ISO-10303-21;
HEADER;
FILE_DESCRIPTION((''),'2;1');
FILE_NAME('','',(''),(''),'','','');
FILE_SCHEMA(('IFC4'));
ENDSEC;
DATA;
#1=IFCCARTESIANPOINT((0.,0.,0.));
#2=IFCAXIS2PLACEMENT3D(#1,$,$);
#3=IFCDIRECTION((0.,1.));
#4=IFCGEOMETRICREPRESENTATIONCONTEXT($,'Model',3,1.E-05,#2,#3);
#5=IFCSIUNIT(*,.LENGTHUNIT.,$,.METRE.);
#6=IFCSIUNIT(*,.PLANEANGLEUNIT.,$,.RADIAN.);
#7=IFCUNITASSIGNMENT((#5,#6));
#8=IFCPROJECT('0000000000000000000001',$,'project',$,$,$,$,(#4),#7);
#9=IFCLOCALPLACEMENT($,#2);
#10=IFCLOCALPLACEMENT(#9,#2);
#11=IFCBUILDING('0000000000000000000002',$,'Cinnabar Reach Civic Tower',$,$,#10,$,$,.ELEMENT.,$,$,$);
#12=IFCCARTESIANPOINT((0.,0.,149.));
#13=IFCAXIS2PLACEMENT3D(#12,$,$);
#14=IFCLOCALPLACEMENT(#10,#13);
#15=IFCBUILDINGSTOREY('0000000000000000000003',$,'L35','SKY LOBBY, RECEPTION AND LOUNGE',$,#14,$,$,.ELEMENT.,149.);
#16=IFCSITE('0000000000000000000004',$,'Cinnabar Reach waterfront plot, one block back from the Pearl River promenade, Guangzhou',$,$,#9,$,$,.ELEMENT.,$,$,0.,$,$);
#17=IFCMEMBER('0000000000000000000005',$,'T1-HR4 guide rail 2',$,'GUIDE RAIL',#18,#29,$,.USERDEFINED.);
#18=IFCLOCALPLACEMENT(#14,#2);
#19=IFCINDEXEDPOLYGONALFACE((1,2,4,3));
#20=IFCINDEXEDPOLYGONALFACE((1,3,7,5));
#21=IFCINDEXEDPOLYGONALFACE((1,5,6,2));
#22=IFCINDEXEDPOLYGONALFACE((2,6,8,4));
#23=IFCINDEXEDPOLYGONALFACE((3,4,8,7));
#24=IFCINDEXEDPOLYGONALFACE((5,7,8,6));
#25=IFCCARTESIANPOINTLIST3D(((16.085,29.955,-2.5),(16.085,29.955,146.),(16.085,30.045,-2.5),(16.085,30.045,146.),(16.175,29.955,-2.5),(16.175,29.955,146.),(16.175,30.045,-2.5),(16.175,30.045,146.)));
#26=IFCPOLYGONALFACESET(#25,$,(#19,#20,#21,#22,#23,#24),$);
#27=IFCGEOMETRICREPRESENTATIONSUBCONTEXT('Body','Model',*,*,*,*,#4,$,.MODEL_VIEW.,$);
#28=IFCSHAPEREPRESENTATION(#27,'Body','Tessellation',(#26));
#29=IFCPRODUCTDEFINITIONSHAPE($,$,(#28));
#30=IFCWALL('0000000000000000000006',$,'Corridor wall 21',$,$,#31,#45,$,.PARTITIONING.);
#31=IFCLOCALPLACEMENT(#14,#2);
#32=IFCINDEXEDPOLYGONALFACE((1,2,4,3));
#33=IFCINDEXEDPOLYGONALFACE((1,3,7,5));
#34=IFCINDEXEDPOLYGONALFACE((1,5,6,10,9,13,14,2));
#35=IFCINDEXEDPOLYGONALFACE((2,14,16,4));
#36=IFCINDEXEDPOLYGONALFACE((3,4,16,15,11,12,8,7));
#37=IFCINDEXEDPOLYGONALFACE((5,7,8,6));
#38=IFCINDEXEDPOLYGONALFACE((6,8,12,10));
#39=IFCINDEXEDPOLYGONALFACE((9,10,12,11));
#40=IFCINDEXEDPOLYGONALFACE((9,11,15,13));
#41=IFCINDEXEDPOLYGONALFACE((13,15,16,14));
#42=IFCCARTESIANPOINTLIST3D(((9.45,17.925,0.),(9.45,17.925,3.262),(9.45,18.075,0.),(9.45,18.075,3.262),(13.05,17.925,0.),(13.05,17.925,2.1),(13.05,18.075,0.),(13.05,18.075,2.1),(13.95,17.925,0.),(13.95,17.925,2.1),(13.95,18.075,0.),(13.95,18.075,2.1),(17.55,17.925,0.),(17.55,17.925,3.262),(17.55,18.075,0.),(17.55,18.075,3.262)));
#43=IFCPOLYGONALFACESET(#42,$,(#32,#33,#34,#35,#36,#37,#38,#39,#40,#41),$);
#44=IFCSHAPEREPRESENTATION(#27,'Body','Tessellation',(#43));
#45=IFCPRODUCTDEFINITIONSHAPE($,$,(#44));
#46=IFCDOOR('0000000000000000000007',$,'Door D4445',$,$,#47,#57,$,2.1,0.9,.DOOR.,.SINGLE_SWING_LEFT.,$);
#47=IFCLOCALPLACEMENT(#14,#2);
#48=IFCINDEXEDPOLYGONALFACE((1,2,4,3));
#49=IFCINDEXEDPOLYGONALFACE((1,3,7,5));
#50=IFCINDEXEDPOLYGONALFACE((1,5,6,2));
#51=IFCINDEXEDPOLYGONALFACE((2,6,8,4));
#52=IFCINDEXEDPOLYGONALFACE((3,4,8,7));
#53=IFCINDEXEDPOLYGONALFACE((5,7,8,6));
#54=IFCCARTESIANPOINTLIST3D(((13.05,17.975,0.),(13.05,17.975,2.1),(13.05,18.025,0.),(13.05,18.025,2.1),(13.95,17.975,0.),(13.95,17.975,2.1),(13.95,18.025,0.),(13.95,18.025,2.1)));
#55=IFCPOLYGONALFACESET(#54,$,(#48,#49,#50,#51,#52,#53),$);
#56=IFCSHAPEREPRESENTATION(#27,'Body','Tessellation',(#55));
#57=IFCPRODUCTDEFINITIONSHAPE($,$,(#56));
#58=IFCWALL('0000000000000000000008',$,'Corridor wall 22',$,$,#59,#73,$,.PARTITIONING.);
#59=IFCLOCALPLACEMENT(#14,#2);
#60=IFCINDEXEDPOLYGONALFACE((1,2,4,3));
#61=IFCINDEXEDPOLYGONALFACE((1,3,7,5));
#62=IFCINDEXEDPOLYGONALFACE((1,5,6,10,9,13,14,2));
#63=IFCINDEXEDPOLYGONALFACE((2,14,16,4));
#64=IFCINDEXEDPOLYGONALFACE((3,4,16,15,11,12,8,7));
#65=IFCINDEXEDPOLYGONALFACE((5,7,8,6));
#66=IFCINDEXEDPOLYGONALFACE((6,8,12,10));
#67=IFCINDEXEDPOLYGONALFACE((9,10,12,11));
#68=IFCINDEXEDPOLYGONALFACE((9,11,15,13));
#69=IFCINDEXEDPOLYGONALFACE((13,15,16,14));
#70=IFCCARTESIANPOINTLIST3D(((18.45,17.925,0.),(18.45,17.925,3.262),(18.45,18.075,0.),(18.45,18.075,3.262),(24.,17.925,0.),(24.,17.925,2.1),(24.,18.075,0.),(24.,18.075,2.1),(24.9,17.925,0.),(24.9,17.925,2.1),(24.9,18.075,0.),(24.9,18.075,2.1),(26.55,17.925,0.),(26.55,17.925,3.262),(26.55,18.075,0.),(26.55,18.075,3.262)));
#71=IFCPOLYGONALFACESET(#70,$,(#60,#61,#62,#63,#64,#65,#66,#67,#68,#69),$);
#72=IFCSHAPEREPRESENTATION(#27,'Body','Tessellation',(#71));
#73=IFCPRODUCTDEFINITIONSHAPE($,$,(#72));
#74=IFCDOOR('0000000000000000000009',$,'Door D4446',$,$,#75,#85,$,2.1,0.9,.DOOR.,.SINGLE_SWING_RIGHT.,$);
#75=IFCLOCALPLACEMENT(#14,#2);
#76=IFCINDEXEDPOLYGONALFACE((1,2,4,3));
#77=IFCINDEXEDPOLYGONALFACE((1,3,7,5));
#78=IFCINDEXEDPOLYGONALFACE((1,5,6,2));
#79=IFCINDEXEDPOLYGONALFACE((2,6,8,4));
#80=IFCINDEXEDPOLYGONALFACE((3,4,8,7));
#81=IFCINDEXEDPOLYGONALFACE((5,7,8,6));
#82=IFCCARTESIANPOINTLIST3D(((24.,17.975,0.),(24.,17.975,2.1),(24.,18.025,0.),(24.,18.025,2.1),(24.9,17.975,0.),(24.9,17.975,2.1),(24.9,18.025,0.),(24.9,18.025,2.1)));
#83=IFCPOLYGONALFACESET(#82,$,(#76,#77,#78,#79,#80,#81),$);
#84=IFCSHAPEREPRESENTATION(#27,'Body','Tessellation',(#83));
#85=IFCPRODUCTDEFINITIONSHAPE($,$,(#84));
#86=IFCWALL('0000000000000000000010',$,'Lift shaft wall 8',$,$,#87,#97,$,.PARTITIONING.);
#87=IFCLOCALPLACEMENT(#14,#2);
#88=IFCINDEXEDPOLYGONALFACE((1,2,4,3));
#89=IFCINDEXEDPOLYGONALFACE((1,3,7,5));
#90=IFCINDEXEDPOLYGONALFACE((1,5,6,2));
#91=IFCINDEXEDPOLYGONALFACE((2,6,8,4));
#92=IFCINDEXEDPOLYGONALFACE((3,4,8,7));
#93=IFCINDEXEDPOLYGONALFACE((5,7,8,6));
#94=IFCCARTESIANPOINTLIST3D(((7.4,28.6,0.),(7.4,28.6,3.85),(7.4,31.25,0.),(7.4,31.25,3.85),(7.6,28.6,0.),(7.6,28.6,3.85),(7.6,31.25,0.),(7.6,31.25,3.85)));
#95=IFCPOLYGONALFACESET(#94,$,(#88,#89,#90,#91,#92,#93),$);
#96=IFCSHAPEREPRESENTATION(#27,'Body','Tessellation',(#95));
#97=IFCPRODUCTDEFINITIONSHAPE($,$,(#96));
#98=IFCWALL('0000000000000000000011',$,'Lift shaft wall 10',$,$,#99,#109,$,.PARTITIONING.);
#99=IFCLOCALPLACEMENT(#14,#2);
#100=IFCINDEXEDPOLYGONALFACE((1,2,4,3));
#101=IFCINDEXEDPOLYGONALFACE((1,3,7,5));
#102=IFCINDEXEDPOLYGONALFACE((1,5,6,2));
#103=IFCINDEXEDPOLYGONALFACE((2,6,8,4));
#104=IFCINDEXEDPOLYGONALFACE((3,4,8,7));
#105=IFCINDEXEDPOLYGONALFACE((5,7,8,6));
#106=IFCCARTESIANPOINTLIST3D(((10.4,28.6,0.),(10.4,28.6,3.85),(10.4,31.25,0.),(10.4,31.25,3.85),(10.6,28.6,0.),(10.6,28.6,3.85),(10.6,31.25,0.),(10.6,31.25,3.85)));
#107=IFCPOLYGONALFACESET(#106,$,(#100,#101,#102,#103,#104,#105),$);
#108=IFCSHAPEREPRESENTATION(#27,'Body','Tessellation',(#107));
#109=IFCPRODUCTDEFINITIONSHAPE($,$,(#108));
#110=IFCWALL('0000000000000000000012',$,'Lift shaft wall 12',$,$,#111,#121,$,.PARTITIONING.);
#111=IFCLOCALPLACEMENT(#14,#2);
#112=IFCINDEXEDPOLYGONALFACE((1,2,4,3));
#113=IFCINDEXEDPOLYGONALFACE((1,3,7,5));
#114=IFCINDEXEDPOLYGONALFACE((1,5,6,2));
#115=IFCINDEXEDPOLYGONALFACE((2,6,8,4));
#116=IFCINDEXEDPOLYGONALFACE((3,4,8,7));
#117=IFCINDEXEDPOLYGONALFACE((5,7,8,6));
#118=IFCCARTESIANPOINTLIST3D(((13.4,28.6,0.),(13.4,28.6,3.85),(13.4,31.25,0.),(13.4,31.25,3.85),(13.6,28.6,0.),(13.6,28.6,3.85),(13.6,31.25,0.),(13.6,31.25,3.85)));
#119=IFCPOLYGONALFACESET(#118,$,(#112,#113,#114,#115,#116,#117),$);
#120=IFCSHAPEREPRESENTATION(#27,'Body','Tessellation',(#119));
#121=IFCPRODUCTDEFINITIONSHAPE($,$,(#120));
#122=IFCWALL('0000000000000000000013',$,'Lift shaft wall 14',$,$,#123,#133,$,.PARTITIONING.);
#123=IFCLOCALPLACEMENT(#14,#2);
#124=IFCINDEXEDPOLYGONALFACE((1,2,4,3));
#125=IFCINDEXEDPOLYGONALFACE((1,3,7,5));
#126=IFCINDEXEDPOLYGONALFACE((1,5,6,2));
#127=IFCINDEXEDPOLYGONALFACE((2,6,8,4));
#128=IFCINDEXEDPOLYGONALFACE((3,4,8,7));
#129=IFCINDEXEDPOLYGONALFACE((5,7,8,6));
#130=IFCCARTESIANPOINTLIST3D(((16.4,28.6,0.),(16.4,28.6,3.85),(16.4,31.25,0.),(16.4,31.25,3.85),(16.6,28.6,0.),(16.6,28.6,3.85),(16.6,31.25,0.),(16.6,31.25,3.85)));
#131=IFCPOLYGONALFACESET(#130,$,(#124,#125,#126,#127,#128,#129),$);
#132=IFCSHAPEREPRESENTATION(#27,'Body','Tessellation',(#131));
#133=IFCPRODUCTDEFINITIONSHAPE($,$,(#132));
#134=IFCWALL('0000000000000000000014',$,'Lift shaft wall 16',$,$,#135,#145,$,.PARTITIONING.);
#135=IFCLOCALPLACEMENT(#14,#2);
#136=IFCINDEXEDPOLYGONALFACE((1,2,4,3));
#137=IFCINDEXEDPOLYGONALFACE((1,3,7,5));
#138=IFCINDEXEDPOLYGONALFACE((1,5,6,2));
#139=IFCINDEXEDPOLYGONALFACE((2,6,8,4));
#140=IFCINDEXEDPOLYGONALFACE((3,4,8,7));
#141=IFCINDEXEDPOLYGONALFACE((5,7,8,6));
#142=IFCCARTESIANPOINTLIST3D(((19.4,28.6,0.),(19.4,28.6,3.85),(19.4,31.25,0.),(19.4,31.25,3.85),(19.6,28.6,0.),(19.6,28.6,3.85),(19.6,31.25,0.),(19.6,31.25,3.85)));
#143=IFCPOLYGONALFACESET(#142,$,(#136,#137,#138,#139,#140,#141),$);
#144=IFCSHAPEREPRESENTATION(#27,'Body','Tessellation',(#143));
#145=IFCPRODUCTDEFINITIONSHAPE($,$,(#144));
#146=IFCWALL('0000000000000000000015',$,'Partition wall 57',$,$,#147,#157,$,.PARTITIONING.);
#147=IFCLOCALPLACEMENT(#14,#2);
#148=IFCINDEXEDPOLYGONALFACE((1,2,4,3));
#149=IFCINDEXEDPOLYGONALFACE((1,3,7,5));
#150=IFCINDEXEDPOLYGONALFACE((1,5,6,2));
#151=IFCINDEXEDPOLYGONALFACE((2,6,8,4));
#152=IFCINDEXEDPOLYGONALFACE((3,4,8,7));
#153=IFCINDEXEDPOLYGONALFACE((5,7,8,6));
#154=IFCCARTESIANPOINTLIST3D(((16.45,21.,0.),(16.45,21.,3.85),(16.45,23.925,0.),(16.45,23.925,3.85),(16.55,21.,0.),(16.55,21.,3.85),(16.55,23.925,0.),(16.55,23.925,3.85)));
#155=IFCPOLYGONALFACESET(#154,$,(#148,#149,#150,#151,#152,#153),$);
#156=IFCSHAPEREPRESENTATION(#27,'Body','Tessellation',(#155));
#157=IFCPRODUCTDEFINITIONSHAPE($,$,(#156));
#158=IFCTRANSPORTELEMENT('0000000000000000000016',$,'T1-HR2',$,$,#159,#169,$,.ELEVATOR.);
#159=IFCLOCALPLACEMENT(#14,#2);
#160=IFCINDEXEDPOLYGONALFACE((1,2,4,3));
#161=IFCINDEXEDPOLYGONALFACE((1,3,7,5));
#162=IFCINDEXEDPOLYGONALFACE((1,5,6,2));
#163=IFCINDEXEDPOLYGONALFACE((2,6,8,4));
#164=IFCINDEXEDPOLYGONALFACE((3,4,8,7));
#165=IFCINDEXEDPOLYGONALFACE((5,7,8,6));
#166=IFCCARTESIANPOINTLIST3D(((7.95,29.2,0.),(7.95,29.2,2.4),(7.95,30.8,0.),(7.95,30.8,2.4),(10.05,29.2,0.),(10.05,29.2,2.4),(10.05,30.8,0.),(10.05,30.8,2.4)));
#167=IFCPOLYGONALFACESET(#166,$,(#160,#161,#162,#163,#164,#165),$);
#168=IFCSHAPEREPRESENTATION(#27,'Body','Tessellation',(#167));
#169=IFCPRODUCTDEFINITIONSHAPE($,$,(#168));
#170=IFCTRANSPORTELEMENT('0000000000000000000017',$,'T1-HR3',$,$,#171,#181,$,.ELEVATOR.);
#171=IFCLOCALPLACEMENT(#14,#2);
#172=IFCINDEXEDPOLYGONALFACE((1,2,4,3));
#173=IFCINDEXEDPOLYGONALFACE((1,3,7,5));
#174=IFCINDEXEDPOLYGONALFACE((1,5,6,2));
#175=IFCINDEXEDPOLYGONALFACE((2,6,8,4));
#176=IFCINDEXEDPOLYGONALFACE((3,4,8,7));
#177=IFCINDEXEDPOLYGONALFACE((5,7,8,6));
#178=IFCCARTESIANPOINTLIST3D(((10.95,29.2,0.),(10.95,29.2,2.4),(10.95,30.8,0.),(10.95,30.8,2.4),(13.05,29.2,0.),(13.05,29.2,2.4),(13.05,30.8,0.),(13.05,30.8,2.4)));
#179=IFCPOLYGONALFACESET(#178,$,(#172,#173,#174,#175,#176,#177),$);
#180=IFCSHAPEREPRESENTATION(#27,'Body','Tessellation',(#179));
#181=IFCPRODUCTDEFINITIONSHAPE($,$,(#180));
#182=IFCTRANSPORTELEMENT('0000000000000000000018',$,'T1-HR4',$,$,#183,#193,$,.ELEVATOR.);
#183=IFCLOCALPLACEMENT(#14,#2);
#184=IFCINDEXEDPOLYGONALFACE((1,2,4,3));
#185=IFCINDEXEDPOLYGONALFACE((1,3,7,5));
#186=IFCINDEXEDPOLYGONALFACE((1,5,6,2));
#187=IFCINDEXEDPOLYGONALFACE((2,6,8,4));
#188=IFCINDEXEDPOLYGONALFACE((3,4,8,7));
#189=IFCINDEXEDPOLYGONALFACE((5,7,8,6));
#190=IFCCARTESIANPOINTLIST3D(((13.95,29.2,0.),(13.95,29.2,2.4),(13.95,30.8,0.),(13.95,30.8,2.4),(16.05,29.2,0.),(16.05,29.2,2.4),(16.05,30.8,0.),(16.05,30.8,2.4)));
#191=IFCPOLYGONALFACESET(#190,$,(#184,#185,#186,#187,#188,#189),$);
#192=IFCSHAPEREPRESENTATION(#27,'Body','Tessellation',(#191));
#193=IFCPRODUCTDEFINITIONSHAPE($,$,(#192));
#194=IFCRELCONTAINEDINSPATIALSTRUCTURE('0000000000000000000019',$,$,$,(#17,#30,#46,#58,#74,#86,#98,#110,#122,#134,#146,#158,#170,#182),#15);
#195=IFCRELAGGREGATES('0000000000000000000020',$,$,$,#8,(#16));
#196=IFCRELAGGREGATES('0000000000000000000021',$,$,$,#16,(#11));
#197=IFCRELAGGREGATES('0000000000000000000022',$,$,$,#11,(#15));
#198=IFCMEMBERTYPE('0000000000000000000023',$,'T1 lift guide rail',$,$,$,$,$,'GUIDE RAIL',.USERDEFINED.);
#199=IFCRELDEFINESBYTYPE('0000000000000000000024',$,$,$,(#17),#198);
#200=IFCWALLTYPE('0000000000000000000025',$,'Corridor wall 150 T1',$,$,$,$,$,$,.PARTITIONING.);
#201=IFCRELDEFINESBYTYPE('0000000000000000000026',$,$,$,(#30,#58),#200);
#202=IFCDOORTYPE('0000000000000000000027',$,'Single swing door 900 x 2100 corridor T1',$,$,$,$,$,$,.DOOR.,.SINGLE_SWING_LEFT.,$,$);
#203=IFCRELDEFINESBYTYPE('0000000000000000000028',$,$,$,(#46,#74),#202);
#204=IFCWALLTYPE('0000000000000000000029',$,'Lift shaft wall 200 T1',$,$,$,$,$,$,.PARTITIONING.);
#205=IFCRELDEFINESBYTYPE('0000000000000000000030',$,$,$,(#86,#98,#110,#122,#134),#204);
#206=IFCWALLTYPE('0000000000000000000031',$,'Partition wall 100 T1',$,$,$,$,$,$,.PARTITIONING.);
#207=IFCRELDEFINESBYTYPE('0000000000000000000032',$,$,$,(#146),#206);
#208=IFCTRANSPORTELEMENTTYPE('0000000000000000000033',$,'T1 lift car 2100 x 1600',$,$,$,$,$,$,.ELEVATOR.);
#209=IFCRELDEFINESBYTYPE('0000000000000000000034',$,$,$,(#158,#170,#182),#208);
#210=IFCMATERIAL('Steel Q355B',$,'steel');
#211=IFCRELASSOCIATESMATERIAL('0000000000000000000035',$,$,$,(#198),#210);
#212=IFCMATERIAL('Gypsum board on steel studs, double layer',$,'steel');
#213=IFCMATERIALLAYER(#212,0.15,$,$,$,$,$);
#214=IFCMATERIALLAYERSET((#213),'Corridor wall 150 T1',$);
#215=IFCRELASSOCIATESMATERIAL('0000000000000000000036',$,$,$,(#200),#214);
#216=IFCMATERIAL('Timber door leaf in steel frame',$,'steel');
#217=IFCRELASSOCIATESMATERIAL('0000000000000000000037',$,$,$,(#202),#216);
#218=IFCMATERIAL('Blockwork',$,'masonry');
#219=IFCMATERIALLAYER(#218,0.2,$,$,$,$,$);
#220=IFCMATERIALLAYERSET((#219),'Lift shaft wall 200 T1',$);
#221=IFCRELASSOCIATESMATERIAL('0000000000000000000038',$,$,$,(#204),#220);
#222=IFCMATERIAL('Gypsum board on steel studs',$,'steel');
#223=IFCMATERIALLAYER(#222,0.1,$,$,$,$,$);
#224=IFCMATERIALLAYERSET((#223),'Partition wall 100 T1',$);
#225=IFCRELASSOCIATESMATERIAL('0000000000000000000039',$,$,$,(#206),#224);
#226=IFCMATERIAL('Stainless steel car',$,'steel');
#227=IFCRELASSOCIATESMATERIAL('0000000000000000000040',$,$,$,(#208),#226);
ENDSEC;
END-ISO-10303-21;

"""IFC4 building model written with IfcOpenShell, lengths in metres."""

from ifc_helpers import new_model, si_unit, direction, frame, frame_2d, origin, origin_2d, place, context, subcontext, project, spatial, rectangle, extrude, material, layer, layer_set, material_profile, profile_set, type_object, element, fill, save


model = new_model("IFC4")

# Units and contexts
model_context = context("Model", 3, precision=1e-05, world=origin(), true_north=direction((0.0, 1.0)))
body_context = subcontext(model_context, "Body", "Model", "MODEL_VIEW")
ifc_project = project(units=[si_unit("LENGTHUNIT", "METRE"), si_unit("PLANEANGLEUNIT", "RADIAN")], contexts=[model_context])

# Site, building, storey
site_placement = place(None, origin())
site = spatial("IfcSite", under=ifc_project, at=site_placement, Name="Cinnabar Reach waterfront plot, one block back from the Pearl River promenade, Guangzhou", CompositionType="ELEMENT", RefElevation=0.0)
building_placement = place(site_placement, origin())
building = spatial("IfcBuilding", under=site, at=building_placement, Name="Cinnabar Reach Civic Tower", CompositionType="ELEMENT")
storey_placement = place(building_placement, frame((0.0, 0.0, 149.0)))
storey = spatial("IfcBuildingStorey", under=building, at=storey_placement, Name="L35", Description="SKY LOBBY, RECEPTION AND LOUNGE", CompositionType="ELEMENT", Elevation=149.0)

# Shared definitions
ifc_material_1 = material(Name="Steel Q355B", Category="steel")

# Member
ifc_material_profile_1 = material_profile(ifc_material_1, rectangle(XDim=0.09, YDim=0.09, at=origin_2d()), Name="T1 lift guide rail")
ifc_profile_set_1 = profile_set([ifc_material_profile_1], Name="Steel Q355B")
member_type = type_object("IfcMemberType", Name="T1 lift guide rail", ElementType="GUIDE RAIL", PredefinedType="USERDEFINED", material=ifc_profile_set_1)
for number, where, z_axis, x_axis, name in (
    (1, (16.13, 30.0, -2.5), (0.0, 0.0, 1.0), (1.0, 0.0, 0.0), "T1-HR4 guide rail 2"),
):
    element("IfcMember", number, at=place(storey_placement, frame(where, z_axis=z_axis, x_axis=x_axis)), inside=storey, type_object=member_type, Name=name, ObjectType="GUIDE RAIL", PredefinedType="USERDEFINED", context=body_context, shape_type="SweptSolid", body=[
        extrude(rectangle(XDim=0.09, YDim=0.09, at=origin_2d()), origin(), (0.0, 0.0, 1.0), 148.5),
    ])

# Walls, openings, doors
ifc_material_2 = material(Name="Gypsum board on steel studs, double layer", Category="steel")
ifc_layer_1 = layer(ifc_material_2, 0.15)
ifc_layer_set_1 = layer_set([ifc_layer_1], Name="Corridor wall 150 T1")
wall_type_1 = type_object("IfcWallType", Name="Corridor wall 150 T1", PredefinedType="PARTITIONING", material=ifc_layer_set_1)
wall_1_placement = place(storey_placement, frame((9.45, 18.0, 0.0), z_axis=(0.0, 0.0, 1.0), x_axis=(1.0, 0.0, 0.0)))
wall_1 = element("IfcWall", 2, at=wall_1_placement, inside=storey, type_object=wall_type_1, Name="Corridor wall 21", PredefinedType="PARTITIONING", context=body_context, shape_type="SweptSolid", body=[
    extrude(rectangle(XDim=8.1, YDim=0.15, at=frame_2d((4.05, 0.0))), origin(), (0.0, 0.0, 1.0), 3.262),
])
opening_1_placement = place(wall_1_placement, frame((3.6, 0.0, 0.0)))
opening_1 = element("IfcOpeningElement", 3, at=opening_1_placement, cuts=wall_1, PredefinedType="OPENING", context=body_context, shape_type="SweptSolid", body=[
    extrude(rectangle(XDim=0.9, YDim=2.1, at=frame_2d((0.45, 1.05))), frame((0.0, 0.085, 0.0), z_axis=(0.0, -1.0, 0.0), x_axis=(1.0, 0.0, 0.0)), (0.0, 0.0, 1.0), 0.17),
])
ifc_material_3 = material(Name="Timber door leaf in steel frame", Category="steel")
door_type = type_object("IfcDoorType", Name="Single swing door 900 x 2100 corridor T1", OperationType="SINGLE_SWING_LEFT", PredefinedType="DOOR", material=ifc_material_3)
door_1_placement = place(opening_1_placement, frame((0.9, 0.0, 0.0), z_axis=(0.0, 0.0, 1.0), x_axis=(-1.0, 0.0, 0.0)))
door_1 = element("IfcDoor", 4, at=door_1_placement, inside=storey, type_object=door_type, Name="Door D4445", OperationType="SINGLE_SWING_LEFT", OverallHeight=2.1, OverallWidth=0.9, PredefinedType="DOOR", context=body_context, shape_type="SweptSolid", body=[
    extrude(rectangle(XDim=0.9, YDim=2.1, at=frame_2d((0.45, 1.05))), frame((0.0, 0.025, 0.0), z_axis=(0.0, -1.0, 0.0), x_axis=(1.0, 0.0, 0.0)), (0.0, 0.0, 1.0), 0.05),
])
fill(opening_1, door_1)
wall_2_placement = place(storey_placement, frame((18.45, 18.0, 0.0), z_axis=(0.0, 0.0, 1.0), x_axis=(1.0, 0.0, 0.0)))
wall_2 = element("IfcWall", 5, at=wall_2_placement, inside=storey, type_object=wall_type_1, Name="Corridor wall 22", PredefinedType="PARTITIONING", context=body_context, shape_type="SweptSolid", body=[
    extrude(rectangle(XDim=8.1, YDim=0.15, at=frame_2d((4.05, 0.0))), origin(), (0.0, 0.0, 1.0), 3.262),
])
opening_2_placement = place(wall_2_placement, frame((5.55, 0.0, 0.0)))
opening_2 = element("IfcOpeningElement", 6, at=opening_2_placement, cuts=wall_2, PredefinedType="OPENING", context=body_context, shape_type="SweptSolid", body=[
    extrude(rectangle(XDim=0.9, YDim=2.1, at=frame_2d((0.45, 1.05))), frame((0.0, 0.085, 0.0), z_axis=(0.0, -1.0, 0.0), x_axis=(1.0, 0.0, 0.0)), (0.0, 0.0, 1.0), 0.17),
])
door_2_placement = place(opening_2_placement, frame((0.9, 0.0, 0.0), z_axis=(0.0, 0.0, 1.0), x_axis=(-1.0, 0.0, 0.0)))
door_2 = element("IfcDoor", 7, at=door_2_placement, inside=storey, type_object=door_type, Name="Door D4446", OperationType="SINGLE_SWING_RIGHT", OverallHeight=2.1, OverallWidth=0.9, PredefinedType="DOOR", context=body_context, shape_type="SweptSolid", body=[
    extrude(rectangle(XDim=0.9, YDim=2.1, at=frame_2d((0.45, 1.05))), frame((0.0, 0.025, 0.0), z_axis=(0.0, -1.0, 0.0), x_axis=(1.0, 0.0, 0.0)), (0.0, 0.0, 1.0), 0.05),
])
fill(opening_2, door_2)

# Walls
ifc_material_4 = material(Name="Blockwork", Category="masonry")
ifc_layer_2 = layer(ifc_material_4, 0.2)
ifc_layer_set_2 = layer_set([ifc_layer_2], Name="Lift shaft wall 200 T1")
wall_type_2 = type_object("IfcWallType", Name="Lift shaft wall 200 T1", PredefinedType="PARTITIONING", material=ifc_layer_set_2)
for number, where, z_axis, x_axis, name in (
    (8, (7.5, 28.6, 0.0), (0.0, 0.0, 1.0), (0.0, 1.0, 0.0), "Lift shaft wall 8"),
    (9, (10.5, 28.6, 0.0), (0.0, 0.0, 1.0), (0.0, 1.0, 0.0), "Lift shaft wall 10"),
    (10, (13.5, 28.6, 0.0), (0.0, 0.0, 1.0), (0.0, 1.0, 0.0), "Lift shaft wall 12"),
    (11, (16.5, 28.6, 0.0), (0.0, 0.0, 1.0), (0.0, 1.0, 0.0), "Lift shaft wall 14"),
    (12, (19.5, 28.6, 0.0), (0.0, 0.0, 1.0), (0.0, 1.0, 0.0), "Lift shaft wall 16"),
):
    element("IfcWall", number, at=place(storey_placement, frame(where, z_axis=z_axis, x_axis=x_axis)), inside=storey, type_object=wall_type_2, Name=name, PredefinedType="PARTITIONING", context=body_context, shape_type="SweptSolid", body=[
        extrude(rectangle(XDim=2.65, YDim=0.2, at=frame_2d((1.325, 0.0))), origin(), (0.0, 0.0, 1.0), 3.85),
    ])
ifc_material_5 = material(Name="Gypsum board on steel studs", Category="steel")
ifc_layer_3 = layer(ifc_material_5, 0.1)
ifc_layer_set_3 = layer_set([ifc_layer_3], Name="Partition wall 100 T1")
wall_type_3 = type_object("IfcWallType", Name="Partition wall 100 T1", PredefinedType="PARTITIONING", material=ifc_layer_set_3)
wall_3_placement = place(storey_placement, frame((16.5, 21.0, 0.0), z_axis=(0.0, 0.0, 1.0), x_axis=(0.0, 1.0, 0.0)))
element("IfcWall", 13, at=wall_3_placement, inside=storey, type_object=wall_type_3, Name="Partition wall 57", PredefinedType="PARTITIONING", context=body_context, shape_type="SweptSolid", body=[
    extrude(rectangle(XDim=2.925, YDim=0.1, at=frame_2d((1.4625, 0.0))), origin(), (0.0, 0.0, 1.0), 3.85),
])

# Transport elements
ifc_material_6 = material(Name="Stainless steel car", Category="steel")
transport_element_type = type_object("IfcTransportElementType", Name="T1 lift car 2100 x 1600", PredefinedType="ELEVATOR", material=ifc_material_6)
for number, where, z_axis, x_axis, name in (
    (14, (9.0, 30.0, 0.0), (0.0, 0.0, 1.0), (1.0, 0.0, 0.0), "T1-HR2"),
    (15, (12.0, 30.0, 0.0), (0.0, 0.0, 1.0), (1.0, 0.0, 0.0), "T1-HR3"),
    (16, (15.0, 30.0, 0.0), (0.0, 0.0, 1.0), (1.0, 0.0, 0.0), "T1-HR4"),
):
    element("IfcTransportElement", number, at=place(storey_placement, frame(where, z_axis=z_axis, x_axis=x_axis)), inside=storey, type_object=transport_element_type, Name=name, PredefinedType="ELEVATOR", context=body_context, shape_type="SweptSolid", body=[
        extrude(rectangle(XDim=2.1, YDim=1.6, at=origin_2d()), origin(), (0.0, 0.0, 1.0), 2.4),
    ])

save(model, "model.ifc")
